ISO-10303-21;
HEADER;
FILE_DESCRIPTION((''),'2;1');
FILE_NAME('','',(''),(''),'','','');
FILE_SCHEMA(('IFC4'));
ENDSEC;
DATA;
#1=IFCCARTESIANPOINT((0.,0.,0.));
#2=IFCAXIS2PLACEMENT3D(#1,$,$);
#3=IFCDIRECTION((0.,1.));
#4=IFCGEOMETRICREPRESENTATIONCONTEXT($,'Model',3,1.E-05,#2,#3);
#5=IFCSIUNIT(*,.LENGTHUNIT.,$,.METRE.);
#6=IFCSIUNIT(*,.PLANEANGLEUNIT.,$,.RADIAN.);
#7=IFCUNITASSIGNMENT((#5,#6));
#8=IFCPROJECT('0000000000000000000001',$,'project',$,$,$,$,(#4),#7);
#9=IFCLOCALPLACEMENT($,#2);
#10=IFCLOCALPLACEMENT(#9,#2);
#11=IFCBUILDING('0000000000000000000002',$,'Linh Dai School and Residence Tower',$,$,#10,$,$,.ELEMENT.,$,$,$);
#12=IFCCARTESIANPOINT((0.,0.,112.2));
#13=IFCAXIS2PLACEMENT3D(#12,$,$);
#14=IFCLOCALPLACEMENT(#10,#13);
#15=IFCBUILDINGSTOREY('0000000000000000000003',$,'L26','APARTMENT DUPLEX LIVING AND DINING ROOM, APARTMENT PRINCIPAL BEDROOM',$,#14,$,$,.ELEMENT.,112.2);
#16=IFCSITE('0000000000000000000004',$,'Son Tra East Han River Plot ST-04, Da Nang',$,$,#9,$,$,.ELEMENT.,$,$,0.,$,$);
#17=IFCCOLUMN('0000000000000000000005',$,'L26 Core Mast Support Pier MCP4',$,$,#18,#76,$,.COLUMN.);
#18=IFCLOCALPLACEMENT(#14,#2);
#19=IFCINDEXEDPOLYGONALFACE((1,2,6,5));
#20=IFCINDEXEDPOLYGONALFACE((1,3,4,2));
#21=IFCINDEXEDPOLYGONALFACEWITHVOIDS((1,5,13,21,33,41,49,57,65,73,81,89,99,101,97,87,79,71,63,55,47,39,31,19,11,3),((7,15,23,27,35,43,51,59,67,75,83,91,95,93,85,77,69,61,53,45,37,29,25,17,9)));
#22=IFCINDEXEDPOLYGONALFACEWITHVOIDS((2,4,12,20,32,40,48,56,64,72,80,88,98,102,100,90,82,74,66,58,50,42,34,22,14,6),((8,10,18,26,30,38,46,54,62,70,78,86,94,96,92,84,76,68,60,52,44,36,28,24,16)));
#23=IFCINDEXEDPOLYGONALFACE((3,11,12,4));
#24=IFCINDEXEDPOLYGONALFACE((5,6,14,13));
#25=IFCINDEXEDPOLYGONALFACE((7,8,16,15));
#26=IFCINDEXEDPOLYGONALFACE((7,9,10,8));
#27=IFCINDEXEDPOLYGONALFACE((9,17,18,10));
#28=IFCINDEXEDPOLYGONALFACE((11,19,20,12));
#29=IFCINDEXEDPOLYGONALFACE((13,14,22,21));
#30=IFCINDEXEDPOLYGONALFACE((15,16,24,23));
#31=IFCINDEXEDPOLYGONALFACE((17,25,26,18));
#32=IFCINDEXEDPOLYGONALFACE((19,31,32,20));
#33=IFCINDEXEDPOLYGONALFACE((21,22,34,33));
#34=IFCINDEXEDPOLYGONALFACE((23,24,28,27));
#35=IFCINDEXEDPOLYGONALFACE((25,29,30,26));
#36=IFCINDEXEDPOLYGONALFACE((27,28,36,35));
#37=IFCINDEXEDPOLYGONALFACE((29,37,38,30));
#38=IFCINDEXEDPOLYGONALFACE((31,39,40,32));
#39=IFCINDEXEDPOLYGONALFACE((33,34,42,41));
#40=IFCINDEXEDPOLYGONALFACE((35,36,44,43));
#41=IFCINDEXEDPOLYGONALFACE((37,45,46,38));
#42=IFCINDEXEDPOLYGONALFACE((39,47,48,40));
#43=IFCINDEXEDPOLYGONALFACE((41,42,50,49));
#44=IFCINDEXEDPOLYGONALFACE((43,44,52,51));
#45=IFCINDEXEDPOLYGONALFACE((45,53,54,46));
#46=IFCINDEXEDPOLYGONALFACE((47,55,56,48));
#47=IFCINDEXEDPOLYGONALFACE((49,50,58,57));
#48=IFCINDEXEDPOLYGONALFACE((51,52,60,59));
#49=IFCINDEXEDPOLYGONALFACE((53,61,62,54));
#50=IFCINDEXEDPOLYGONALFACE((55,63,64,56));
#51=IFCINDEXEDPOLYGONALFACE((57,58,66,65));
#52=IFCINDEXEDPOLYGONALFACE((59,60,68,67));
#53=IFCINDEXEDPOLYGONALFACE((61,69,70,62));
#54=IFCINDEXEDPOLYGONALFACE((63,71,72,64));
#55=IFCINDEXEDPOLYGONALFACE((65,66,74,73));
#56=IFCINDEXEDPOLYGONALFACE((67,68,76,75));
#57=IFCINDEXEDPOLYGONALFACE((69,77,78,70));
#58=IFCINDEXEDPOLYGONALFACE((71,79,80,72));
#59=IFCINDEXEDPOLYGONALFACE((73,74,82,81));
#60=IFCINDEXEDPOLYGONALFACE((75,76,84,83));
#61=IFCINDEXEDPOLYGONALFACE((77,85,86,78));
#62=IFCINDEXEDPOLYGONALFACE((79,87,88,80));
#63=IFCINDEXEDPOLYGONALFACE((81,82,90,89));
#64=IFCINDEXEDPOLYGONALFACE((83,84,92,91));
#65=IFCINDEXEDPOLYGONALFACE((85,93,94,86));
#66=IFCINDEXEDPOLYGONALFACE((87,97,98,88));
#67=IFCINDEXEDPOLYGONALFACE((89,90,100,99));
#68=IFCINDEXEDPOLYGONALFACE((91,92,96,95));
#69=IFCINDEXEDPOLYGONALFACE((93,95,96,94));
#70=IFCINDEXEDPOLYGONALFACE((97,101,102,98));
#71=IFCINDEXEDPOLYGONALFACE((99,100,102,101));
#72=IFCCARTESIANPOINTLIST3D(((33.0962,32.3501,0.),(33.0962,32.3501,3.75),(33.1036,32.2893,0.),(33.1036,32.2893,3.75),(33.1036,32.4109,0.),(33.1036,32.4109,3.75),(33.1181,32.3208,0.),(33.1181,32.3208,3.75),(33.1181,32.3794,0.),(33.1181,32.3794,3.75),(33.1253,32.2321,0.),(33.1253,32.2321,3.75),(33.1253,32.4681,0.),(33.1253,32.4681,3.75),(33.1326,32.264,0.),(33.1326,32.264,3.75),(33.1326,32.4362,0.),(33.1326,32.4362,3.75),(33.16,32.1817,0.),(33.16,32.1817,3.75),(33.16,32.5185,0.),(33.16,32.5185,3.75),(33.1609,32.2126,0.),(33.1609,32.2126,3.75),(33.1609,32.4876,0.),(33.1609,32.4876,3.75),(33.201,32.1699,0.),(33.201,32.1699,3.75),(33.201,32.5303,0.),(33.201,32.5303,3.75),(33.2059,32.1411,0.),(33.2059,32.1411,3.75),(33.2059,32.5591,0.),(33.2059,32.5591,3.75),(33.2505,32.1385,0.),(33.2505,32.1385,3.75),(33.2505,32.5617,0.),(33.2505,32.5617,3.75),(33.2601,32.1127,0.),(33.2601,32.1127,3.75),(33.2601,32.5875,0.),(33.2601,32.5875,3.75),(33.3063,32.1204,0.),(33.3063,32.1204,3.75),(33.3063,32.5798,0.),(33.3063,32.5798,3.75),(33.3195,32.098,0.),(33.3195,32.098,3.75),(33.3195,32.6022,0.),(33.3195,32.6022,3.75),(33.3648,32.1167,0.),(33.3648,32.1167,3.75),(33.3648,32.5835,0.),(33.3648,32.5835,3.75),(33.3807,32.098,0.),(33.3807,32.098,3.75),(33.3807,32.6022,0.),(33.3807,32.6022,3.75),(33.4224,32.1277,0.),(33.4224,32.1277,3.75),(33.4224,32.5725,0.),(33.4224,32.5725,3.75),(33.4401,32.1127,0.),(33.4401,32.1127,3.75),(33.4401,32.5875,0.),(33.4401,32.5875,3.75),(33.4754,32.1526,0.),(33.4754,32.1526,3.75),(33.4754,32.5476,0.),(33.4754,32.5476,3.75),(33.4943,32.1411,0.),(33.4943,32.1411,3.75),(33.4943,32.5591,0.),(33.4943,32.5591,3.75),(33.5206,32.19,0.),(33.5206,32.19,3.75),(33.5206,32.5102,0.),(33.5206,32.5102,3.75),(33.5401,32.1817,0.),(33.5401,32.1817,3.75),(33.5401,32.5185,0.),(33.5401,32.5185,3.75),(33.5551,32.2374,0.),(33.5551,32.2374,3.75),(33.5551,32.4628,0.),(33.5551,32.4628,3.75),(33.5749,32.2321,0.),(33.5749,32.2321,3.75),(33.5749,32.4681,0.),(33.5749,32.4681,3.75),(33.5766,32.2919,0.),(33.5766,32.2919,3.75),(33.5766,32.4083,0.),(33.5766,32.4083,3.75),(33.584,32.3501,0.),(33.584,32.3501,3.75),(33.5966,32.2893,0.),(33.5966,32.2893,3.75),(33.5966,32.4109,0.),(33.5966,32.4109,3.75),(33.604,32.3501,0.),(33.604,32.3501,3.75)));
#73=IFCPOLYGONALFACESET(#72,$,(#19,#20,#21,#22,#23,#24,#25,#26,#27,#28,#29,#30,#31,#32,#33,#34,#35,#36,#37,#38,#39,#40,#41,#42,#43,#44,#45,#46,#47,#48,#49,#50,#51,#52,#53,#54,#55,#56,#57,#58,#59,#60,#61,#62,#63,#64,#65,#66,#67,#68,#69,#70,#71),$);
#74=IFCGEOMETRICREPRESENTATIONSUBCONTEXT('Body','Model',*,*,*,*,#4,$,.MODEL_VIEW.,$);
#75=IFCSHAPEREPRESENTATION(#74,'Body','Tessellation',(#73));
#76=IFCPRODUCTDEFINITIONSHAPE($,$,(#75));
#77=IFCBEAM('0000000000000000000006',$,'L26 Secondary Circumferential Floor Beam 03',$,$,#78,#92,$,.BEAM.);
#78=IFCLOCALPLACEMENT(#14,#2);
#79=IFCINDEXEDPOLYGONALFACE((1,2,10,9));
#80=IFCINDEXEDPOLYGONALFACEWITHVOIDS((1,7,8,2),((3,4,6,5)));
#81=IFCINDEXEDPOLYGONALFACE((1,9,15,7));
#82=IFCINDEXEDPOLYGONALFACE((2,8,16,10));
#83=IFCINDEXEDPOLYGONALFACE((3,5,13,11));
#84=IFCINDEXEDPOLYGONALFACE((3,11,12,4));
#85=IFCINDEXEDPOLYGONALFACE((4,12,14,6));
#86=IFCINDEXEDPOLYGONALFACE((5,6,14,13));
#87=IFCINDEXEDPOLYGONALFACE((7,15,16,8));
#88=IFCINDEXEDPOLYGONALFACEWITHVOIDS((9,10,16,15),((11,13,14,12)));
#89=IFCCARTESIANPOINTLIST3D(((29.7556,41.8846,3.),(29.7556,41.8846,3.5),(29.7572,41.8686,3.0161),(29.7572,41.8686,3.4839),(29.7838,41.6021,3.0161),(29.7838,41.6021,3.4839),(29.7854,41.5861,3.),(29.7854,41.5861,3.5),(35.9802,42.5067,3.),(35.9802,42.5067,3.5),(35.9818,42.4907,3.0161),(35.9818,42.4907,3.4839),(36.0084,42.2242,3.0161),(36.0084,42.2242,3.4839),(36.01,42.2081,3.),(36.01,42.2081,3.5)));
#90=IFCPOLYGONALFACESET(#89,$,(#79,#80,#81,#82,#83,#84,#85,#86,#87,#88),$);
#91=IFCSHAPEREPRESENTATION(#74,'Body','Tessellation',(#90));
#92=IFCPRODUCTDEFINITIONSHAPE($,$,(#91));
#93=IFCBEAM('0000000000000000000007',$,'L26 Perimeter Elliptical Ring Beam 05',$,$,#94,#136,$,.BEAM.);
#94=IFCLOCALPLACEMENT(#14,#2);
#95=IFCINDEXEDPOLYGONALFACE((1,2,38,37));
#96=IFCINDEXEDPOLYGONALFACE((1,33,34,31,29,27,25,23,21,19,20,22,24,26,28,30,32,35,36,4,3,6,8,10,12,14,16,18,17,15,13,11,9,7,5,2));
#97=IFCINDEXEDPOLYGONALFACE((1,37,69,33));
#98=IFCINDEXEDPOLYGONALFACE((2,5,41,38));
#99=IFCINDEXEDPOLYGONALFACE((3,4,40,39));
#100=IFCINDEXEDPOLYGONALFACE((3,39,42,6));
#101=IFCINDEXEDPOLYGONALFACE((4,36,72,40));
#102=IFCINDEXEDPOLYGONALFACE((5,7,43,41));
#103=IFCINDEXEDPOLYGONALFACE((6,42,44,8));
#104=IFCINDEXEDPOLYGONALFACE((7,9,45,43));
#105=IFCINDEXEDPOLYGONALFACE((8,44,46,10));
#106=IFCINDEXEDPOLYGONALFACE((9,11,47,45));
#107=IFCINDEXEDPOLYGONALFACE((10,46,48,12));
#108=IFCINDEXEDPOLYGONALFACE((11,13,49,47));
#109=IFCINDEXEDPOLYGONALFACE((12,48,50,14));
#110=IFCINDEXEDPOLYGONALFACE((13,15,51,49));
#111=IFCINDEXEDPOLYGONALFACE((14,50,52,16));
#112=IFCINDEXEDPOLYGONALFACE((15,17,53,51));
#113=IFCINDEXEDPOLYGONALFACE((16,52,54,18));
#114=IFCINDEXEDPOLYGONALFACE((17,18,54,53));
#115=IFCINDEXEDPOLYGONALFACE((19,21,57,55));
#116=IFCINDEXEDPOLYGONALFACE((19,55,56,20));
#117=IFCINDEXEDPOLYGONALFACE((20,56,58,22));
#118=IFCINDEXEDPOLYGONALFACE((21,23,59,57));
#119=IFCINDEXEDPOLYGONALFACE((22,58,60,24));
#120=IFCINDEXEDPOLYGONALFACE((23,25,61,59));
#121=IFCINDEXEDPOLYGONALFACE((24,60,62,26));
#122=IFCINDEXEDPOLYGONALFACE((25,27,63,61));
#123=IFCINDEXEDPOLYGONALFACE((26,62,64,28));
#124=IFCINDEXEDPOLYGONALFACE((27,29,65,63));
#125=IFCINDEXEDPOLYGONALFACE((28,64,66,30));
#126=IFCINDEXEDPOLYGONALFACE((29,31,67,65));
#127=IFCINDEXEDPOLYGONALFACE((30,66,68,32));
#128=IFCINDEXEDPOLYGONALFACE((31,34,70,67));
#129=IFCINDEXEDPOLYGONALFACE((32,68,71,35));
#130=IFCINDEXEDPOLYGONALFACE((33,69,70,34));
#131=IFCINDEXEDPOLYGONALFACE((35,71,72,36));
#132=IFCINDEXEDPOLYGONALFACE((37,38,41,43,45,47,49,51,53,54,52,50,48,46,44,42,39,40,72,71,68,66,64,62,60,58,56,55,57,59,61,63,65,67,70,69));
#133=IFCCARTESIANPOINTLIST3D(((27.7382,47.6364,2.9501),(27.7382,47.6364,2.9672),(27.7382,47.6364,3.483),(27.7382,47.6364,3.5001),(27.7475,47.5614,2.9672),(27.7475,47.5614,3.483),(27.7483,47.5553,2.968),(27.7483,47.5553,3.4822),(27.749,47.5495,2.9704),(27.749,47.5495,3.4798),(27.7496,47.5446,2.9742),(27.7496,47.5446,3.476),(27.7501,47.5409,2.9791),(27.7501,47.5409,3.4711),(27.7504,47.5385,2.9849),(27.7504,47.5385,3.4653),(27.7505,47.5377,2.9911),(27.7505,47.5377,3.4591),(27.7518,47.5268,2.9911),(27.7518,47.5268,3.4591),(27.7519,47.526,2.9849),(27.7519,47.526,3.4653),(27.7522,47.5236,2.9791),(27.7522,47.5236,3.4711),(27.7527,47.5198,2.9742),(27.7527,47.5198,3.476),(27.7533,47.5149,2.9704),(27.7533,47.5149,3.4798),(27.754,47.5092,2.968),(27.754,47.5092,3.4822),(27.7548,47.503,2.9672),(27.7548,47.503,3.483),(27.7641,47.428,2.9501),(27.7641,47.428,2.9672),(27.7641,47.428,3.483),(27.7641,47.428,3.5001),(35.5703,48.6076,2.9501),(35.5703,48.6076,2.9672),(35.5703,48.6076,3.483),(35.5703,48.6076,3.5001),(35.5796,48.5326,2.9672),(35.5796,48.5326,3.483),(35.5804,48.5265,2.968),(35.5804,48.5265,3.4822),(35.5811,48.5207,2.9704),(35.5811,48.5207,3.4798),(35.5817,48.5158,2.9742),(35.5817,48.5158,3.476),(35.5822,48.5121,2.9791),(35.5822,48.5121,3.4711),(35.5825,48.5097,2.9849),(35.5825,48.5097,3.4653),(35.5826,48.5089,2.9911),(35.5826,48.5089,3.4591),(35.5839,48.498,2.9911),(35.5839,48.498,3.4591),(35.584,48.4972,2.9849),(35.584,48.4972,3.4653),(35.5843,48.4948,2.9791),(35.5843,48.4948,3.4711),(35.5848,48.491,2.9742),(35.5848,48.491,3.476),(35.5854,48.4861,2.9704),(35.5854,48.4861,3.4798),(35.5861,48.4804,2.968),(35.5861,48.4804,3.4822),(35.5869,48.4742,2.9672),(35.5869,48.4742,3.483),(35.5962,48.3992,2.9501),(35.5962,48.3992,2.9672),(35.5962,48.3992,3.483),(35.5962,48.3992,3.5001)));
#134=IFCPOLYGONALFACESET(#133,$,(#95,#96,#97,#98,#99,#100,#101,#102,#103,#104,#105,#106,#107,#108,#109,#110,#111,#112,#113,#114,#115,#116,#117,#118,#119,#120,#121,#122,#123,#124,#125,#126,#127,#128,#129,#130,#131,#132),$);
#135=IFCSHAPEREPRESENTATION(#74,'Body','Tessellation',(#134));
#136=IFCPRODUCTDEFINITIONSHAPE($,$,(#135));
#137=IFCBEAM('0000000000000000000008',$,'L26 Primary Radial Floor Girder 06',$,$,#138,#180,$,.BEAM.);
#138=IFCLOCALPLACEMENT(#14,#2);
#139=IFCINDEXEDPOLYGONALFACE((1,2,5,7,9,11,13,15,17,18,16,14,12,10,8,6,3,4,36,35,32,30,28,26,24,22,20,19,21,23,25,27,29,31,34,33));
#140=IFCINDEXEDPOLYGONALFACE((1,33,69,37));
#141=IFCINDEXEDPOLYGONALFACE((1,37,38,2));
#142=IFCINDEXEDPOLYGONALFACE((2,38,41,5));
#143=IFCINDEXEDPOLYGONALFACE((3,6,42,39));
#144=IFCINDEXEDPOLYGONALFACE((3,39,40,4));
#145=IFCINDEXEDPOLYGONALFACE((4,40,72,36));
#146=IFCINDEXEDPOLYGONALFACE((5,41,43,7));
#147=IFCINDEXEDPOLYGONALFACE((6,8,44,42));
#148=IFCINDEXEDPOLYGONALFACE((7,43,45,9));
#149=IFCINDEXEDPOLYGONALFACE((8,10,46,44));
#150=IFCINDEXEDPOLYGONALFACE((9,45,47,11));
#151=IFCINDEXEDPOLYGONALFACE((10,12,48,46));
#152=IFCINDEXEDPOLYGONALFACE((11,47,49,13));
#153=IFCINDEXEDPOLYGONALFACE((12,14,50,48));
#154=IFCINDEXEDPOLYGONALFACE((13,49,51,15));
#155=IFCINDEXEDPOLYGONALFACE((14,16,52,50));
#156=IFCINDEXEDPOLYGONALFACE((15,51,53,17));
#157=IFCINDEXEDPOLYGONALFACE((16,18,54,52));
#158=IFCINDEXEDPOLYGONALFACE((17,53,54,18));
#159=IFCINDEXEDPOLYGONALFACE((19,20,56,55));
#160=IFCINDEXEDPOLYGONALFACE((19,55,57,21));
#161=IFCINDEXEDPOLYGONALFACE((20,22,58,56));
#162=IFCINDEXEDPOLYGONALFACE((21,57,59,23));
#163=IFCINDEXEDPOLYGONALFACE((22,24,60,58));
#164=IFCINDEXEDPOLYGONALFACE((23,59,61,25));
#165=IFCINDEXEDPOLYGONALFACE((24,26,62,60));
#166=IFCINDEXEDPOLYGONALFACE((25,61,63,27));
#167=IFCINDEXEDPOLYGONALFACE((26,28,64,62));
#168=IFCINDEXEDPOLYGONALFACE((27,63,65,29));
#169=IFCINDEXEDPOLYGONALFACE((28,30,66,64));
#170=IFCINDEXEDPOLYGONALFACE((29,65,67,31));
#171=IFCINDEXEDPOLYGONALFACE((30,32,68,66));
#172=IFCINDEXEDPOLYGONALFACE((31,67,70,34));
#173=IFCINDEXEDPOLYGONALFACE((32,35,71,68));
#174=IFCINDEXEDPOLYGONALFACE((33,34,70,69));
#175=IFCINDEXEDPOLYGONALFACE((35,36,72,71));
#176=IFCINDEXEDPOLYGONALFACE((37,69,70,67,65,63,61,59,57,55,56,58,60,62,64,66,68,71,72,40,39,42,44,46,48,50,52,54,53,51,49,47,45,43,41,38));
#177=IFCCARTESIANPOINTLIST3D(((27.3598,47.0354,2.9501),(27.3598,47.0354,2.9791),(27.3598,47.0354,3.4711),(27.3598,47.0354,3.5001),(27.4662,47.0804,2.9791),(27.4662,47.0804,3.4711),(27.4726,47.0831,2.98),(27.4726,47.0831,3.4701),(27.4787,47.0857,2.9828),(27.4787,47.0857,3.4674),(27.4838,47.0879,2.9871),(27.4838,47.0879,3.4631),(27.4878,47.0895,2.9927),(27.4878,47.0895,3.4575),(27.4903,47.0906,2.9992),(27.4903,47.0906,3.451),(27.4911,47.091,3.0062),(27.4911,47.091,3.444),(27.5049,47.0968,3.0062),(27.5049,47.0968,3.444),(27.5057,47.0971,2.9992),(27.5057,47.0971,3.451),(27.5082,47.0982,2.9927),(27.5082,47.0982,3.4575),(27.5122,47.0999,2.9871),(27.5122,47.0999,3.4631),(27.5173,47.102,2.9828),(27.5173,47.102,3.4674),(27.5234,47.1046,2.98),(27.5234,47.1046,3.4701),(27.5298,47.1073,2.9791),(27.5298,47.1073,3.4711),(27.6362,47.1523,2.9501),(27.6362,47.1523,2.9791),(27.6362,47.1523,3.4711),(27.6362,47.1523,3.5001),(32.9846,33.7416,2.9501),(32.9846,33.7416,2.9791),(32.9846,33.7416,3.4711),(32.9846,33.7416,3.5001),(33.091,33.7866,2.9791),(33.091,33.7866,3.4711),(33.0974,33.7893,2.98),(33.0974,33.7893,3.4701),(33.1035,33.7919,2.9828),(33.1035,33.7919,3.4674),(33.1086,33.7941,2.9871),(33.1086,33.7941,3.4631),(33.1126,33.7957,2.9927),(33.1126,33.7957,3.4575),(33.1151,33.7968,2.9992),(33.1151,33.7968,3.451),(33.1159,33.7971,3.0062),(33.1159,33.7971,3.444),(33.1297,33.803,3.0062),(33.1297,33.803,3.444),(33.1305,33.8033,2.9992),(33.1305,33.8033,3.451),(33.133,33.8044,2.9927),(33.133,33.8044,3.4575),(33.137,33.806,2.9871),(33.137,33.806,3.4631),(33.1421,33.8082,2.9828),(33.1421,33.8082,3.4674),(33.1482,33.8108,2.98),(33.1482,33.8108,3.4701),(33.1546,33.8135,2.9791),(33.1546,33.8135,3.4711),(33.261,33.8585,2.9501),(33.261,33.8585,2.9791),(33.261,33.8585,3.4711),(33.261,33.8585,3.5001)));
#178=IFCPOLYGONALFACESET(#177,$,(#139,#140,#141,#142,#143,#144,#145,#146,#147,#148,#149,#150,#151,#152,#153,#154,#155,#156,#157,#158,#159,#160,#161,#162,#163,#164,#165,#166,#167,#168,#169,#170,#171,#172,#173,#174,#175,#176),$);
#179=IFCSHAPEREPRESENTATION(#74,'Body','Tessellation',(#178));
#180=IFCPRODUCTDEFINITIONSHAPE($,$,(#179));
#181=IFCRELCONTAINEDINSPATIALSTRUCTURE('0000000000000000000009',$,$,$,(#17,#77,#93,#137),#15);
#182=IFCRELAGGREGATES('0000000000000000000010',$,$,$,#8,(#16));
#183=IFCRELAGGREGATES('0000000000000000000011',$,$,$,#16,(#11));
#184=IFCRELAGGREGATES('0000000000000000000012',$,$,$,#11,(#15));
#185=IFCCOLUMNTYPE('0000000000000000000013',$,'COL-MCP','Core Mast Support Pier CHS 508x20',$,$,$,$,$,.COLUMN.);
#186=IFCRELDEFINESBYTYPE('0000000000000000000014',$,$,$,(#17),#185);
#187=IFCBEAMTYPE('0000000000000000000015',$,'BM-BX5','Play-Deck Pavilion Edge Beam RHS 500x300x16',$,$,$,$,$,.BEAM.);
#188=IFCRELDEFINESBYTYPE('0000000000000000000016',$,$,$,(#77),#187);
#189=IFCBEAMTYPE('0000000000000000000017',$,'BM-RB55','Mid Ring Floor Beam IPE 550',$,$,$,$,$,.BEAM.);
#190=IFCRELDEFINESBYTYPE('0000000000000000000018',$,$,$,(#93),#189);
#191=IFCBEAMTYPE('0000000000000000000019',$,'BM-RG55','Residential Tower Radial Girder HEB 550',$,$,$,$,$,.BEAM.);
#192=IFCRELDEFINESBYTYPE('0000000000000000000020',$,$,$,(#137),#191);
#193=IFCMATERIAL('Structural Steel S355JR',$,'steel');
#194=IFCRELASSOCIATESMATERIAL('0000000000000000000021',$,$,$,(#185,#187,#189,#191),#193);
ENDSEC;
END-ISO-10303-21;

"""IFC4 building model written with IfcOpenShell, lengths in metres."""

from ifc_helpers import new_model, si_unit, direction, frame, origin, origin_2d, place, context, subcontext, project, spatial, hollow_rectangle, hollow_circle, i_section, extrude, material, material_profile, profile_set, type_object, element, save


model = new_model("IFC4")

# Units and contexts
model_context = context("Model", 3, precision=1e-05, world=origin(), true_north=direction((0.0, 1.0)))
body_context = subcontext(model_context, "Body", "Model", "MODEL_VIEW")
ifc_project = project(units=[si_unit("LENGTHUNIT", "METRE"), si_unit("PLANEANGLEUNIT", "RADIAN")], contexts=[model_context])

# Site, building, storey
site_placement = place(None, origin())
site = spatial("IfcSite", under=ifc_project, at=site_placement, Name="Son Tra East Han River Plot ST-04, Da Nang", CompositionType="ELEMENT", RefElevation=0.0)
building_placement = place(site_placement, origin())
building = spatial("IfcBuilding", under=site, at=building_placement, Name="Linh Dai School and Residence Tower", CompositionType="ELEMENT")
storey_placement = place(building_placement, frame((0.0, 0.0, 112.2)))
storey = spatial("IfcBuildingStorey", under=building, at=storey_placement, Name="L26", Description="APARTMENT DUPLEX LIVING AND DINING ROOM, APARTMENT PRINCIPAL BEDROOM", CompositionType="ELEMENT", Elevation=112.2)

# Column
ifc_material_1 = material(Name="Structural Steel S355JR", Category="steel")
ifc_material_profile_1 = material_profile(ifc_material_1, hollow_circle(Radius=0.2539, WallThickness=0.02, at=origin_2d()), Name="CHS 508x20")
ifc_profile_set_1 = profile_set([ifc_material_profile_1], Name="Structural Steel S355JR")
column_type_1 = type_object("IfcColumnType", Name="COL-MCP", Description="Core Mast Support Pier CHS 508x20", PredefinedType="COLUMN", material=ifc_profile_set_1)
column_placement = place(storey_placement, frame((33.3501, 32.3501, 0.0), z_axis=(0.0, 0.0, 1.0), x_axis=(1.0, 0.0, 0.0)))
element("IfcColumn", 1, at=column_placement, inside=storey, type_object=column_type_1, Name="L26 Core Mast Support Pier MCP4", PredefinedType="COLUMN", context=body_context, shape_type="SweptSolid", body=[
    extrude(hollow_circle(Radius=0.2539, WallThickness=0.02, at=origin_2d()), origin(), (0.0, 0.0, 1.0), 3.75),
])

# Beams
ifc_material_profile_2 = material_profile(ifc_material_1, hollow_rectangle(XDim=0.3, YDim=0.5, WallThickness=0.0161, at=origin_2d()), Name="RHS 500x300x16")
ifc_profile_set_2 = profile_set([ifc_material_profile_2], Name="Structural Steel S355JR")
beam_type_1 = type_object("IfcBeamType", Name="BM-BX5", Description="Play-Deck Pavilion Edge Beam RHS 500x300x16", PredefinedType="BEAM", material=ifc_profile_set_2)
beam_1_placement = place(storey_placement, frame((35.9951, 42.3574, 3.25), z_axis=(-0.995043, -0.099442, 0.0), x_axis=(0.099442, -0.995043, 0.0)))
element("IfcBeam", 2, at=beam_1_placement, inside=storey, type_object=beam_type_1, Name="L26 Secondary Circumferential Floor Beam 03", PredefinedType="BEAM", context=body_context, shape_type="SweptSolid", body=[
    extrude(hollow_rectangle(XDim=0.3, YDim=0.5, WallThickness=0.0161, at=origin_2d()), origin(), (0.0, 0.0, 1.0), 6.2556),
])
ifc_material_profile_3 = material_profile(ifc_material_1, i_section(OverallWidth=0.21, OverallDepth=0.55, WebThickness=0.011, FlangeThickness=0.0171, FilletRadius=0.0239, at=origin_2d()), Name="IPE 550")
ifc_profile_set_3 = profile_set([ifc_material_profile_3], Name="Structural Steel S355JR")
beam_type_2 = type_object("IfcBeamType", Name="BM-RB55", Description="Mid Ring Floor Beam IPE 550", PredefinedType="BEAM", material=ifc_profile_set_3)
beam_2_placement = place(storey_placement, frame((35.5833, 48.5034, 3.2251), z_axis=(-0.992399, -0.12306, 0.0), x_axis=(0.12306, -0.992399, 0.0)))
element("IfcBeam", 3, at=beam_2_placement, inside=storey, type_object=beam_type_2, Name="L26 Perimeter Elliptical Ring Beam 05", PredefinedType="BEAM", context=body_context, shape_type="SweptSolid", body=[
    extrude(i_section(OverallWidth=0.21, OverallDepth=0.55, WebThickness=0.011, FlangeThickness=0.0171, FilletRadius=0.0239, at=origin_2d()), origin(), (0.0, 0.0, 1.0), 7.8921),
])
ifc_material_profile_4 = material_profile(ifc_material_1, i_section(OverallWidth=0.3, OverallDepth=0.55, WebThickness=0.0149, FlangeThickness=0.0291, FilletRadius=0.0271, at=origin_2d()), Name="HEB 550")
ifc_profile_set_4 = profile_set([ifc_material_profile_4], Name="Structural Steel S355JR")
beam_type_3 = type_object("IfcBeamType", Name="BM-RG55", Description="Residential Tower Radial Girder HEB 550", PredefinedType="BEAM", material=ifc_profile_set_4)
beam_3_placement = place(storey_placement, frame((33.1228, 33.8, 3.2251), z_axis=(-0.389669, 0.920955, 0.0), x_axis=(-0.920955, -0.389669, 0.0)))
element("IfcBeam", 4, at=beam_3_placement, inside=storey, type_object=beam_type_3, Name="L26 Primary Radial Floor Girder 06", PredefinedType="BEAM", context=body_context, shape_type="SweptSolid", body=[
    extrude(i_section(OverallWidth=0.3, OverallDepth=0.55, WebThickness=0.0149, FlangeThickness=0.0291, FilletRadius=0.0271, at=origin_2d()), origin(), (0.0, 0.0, 1.0), 14.4348),
])

save(model, "model.ifc")
